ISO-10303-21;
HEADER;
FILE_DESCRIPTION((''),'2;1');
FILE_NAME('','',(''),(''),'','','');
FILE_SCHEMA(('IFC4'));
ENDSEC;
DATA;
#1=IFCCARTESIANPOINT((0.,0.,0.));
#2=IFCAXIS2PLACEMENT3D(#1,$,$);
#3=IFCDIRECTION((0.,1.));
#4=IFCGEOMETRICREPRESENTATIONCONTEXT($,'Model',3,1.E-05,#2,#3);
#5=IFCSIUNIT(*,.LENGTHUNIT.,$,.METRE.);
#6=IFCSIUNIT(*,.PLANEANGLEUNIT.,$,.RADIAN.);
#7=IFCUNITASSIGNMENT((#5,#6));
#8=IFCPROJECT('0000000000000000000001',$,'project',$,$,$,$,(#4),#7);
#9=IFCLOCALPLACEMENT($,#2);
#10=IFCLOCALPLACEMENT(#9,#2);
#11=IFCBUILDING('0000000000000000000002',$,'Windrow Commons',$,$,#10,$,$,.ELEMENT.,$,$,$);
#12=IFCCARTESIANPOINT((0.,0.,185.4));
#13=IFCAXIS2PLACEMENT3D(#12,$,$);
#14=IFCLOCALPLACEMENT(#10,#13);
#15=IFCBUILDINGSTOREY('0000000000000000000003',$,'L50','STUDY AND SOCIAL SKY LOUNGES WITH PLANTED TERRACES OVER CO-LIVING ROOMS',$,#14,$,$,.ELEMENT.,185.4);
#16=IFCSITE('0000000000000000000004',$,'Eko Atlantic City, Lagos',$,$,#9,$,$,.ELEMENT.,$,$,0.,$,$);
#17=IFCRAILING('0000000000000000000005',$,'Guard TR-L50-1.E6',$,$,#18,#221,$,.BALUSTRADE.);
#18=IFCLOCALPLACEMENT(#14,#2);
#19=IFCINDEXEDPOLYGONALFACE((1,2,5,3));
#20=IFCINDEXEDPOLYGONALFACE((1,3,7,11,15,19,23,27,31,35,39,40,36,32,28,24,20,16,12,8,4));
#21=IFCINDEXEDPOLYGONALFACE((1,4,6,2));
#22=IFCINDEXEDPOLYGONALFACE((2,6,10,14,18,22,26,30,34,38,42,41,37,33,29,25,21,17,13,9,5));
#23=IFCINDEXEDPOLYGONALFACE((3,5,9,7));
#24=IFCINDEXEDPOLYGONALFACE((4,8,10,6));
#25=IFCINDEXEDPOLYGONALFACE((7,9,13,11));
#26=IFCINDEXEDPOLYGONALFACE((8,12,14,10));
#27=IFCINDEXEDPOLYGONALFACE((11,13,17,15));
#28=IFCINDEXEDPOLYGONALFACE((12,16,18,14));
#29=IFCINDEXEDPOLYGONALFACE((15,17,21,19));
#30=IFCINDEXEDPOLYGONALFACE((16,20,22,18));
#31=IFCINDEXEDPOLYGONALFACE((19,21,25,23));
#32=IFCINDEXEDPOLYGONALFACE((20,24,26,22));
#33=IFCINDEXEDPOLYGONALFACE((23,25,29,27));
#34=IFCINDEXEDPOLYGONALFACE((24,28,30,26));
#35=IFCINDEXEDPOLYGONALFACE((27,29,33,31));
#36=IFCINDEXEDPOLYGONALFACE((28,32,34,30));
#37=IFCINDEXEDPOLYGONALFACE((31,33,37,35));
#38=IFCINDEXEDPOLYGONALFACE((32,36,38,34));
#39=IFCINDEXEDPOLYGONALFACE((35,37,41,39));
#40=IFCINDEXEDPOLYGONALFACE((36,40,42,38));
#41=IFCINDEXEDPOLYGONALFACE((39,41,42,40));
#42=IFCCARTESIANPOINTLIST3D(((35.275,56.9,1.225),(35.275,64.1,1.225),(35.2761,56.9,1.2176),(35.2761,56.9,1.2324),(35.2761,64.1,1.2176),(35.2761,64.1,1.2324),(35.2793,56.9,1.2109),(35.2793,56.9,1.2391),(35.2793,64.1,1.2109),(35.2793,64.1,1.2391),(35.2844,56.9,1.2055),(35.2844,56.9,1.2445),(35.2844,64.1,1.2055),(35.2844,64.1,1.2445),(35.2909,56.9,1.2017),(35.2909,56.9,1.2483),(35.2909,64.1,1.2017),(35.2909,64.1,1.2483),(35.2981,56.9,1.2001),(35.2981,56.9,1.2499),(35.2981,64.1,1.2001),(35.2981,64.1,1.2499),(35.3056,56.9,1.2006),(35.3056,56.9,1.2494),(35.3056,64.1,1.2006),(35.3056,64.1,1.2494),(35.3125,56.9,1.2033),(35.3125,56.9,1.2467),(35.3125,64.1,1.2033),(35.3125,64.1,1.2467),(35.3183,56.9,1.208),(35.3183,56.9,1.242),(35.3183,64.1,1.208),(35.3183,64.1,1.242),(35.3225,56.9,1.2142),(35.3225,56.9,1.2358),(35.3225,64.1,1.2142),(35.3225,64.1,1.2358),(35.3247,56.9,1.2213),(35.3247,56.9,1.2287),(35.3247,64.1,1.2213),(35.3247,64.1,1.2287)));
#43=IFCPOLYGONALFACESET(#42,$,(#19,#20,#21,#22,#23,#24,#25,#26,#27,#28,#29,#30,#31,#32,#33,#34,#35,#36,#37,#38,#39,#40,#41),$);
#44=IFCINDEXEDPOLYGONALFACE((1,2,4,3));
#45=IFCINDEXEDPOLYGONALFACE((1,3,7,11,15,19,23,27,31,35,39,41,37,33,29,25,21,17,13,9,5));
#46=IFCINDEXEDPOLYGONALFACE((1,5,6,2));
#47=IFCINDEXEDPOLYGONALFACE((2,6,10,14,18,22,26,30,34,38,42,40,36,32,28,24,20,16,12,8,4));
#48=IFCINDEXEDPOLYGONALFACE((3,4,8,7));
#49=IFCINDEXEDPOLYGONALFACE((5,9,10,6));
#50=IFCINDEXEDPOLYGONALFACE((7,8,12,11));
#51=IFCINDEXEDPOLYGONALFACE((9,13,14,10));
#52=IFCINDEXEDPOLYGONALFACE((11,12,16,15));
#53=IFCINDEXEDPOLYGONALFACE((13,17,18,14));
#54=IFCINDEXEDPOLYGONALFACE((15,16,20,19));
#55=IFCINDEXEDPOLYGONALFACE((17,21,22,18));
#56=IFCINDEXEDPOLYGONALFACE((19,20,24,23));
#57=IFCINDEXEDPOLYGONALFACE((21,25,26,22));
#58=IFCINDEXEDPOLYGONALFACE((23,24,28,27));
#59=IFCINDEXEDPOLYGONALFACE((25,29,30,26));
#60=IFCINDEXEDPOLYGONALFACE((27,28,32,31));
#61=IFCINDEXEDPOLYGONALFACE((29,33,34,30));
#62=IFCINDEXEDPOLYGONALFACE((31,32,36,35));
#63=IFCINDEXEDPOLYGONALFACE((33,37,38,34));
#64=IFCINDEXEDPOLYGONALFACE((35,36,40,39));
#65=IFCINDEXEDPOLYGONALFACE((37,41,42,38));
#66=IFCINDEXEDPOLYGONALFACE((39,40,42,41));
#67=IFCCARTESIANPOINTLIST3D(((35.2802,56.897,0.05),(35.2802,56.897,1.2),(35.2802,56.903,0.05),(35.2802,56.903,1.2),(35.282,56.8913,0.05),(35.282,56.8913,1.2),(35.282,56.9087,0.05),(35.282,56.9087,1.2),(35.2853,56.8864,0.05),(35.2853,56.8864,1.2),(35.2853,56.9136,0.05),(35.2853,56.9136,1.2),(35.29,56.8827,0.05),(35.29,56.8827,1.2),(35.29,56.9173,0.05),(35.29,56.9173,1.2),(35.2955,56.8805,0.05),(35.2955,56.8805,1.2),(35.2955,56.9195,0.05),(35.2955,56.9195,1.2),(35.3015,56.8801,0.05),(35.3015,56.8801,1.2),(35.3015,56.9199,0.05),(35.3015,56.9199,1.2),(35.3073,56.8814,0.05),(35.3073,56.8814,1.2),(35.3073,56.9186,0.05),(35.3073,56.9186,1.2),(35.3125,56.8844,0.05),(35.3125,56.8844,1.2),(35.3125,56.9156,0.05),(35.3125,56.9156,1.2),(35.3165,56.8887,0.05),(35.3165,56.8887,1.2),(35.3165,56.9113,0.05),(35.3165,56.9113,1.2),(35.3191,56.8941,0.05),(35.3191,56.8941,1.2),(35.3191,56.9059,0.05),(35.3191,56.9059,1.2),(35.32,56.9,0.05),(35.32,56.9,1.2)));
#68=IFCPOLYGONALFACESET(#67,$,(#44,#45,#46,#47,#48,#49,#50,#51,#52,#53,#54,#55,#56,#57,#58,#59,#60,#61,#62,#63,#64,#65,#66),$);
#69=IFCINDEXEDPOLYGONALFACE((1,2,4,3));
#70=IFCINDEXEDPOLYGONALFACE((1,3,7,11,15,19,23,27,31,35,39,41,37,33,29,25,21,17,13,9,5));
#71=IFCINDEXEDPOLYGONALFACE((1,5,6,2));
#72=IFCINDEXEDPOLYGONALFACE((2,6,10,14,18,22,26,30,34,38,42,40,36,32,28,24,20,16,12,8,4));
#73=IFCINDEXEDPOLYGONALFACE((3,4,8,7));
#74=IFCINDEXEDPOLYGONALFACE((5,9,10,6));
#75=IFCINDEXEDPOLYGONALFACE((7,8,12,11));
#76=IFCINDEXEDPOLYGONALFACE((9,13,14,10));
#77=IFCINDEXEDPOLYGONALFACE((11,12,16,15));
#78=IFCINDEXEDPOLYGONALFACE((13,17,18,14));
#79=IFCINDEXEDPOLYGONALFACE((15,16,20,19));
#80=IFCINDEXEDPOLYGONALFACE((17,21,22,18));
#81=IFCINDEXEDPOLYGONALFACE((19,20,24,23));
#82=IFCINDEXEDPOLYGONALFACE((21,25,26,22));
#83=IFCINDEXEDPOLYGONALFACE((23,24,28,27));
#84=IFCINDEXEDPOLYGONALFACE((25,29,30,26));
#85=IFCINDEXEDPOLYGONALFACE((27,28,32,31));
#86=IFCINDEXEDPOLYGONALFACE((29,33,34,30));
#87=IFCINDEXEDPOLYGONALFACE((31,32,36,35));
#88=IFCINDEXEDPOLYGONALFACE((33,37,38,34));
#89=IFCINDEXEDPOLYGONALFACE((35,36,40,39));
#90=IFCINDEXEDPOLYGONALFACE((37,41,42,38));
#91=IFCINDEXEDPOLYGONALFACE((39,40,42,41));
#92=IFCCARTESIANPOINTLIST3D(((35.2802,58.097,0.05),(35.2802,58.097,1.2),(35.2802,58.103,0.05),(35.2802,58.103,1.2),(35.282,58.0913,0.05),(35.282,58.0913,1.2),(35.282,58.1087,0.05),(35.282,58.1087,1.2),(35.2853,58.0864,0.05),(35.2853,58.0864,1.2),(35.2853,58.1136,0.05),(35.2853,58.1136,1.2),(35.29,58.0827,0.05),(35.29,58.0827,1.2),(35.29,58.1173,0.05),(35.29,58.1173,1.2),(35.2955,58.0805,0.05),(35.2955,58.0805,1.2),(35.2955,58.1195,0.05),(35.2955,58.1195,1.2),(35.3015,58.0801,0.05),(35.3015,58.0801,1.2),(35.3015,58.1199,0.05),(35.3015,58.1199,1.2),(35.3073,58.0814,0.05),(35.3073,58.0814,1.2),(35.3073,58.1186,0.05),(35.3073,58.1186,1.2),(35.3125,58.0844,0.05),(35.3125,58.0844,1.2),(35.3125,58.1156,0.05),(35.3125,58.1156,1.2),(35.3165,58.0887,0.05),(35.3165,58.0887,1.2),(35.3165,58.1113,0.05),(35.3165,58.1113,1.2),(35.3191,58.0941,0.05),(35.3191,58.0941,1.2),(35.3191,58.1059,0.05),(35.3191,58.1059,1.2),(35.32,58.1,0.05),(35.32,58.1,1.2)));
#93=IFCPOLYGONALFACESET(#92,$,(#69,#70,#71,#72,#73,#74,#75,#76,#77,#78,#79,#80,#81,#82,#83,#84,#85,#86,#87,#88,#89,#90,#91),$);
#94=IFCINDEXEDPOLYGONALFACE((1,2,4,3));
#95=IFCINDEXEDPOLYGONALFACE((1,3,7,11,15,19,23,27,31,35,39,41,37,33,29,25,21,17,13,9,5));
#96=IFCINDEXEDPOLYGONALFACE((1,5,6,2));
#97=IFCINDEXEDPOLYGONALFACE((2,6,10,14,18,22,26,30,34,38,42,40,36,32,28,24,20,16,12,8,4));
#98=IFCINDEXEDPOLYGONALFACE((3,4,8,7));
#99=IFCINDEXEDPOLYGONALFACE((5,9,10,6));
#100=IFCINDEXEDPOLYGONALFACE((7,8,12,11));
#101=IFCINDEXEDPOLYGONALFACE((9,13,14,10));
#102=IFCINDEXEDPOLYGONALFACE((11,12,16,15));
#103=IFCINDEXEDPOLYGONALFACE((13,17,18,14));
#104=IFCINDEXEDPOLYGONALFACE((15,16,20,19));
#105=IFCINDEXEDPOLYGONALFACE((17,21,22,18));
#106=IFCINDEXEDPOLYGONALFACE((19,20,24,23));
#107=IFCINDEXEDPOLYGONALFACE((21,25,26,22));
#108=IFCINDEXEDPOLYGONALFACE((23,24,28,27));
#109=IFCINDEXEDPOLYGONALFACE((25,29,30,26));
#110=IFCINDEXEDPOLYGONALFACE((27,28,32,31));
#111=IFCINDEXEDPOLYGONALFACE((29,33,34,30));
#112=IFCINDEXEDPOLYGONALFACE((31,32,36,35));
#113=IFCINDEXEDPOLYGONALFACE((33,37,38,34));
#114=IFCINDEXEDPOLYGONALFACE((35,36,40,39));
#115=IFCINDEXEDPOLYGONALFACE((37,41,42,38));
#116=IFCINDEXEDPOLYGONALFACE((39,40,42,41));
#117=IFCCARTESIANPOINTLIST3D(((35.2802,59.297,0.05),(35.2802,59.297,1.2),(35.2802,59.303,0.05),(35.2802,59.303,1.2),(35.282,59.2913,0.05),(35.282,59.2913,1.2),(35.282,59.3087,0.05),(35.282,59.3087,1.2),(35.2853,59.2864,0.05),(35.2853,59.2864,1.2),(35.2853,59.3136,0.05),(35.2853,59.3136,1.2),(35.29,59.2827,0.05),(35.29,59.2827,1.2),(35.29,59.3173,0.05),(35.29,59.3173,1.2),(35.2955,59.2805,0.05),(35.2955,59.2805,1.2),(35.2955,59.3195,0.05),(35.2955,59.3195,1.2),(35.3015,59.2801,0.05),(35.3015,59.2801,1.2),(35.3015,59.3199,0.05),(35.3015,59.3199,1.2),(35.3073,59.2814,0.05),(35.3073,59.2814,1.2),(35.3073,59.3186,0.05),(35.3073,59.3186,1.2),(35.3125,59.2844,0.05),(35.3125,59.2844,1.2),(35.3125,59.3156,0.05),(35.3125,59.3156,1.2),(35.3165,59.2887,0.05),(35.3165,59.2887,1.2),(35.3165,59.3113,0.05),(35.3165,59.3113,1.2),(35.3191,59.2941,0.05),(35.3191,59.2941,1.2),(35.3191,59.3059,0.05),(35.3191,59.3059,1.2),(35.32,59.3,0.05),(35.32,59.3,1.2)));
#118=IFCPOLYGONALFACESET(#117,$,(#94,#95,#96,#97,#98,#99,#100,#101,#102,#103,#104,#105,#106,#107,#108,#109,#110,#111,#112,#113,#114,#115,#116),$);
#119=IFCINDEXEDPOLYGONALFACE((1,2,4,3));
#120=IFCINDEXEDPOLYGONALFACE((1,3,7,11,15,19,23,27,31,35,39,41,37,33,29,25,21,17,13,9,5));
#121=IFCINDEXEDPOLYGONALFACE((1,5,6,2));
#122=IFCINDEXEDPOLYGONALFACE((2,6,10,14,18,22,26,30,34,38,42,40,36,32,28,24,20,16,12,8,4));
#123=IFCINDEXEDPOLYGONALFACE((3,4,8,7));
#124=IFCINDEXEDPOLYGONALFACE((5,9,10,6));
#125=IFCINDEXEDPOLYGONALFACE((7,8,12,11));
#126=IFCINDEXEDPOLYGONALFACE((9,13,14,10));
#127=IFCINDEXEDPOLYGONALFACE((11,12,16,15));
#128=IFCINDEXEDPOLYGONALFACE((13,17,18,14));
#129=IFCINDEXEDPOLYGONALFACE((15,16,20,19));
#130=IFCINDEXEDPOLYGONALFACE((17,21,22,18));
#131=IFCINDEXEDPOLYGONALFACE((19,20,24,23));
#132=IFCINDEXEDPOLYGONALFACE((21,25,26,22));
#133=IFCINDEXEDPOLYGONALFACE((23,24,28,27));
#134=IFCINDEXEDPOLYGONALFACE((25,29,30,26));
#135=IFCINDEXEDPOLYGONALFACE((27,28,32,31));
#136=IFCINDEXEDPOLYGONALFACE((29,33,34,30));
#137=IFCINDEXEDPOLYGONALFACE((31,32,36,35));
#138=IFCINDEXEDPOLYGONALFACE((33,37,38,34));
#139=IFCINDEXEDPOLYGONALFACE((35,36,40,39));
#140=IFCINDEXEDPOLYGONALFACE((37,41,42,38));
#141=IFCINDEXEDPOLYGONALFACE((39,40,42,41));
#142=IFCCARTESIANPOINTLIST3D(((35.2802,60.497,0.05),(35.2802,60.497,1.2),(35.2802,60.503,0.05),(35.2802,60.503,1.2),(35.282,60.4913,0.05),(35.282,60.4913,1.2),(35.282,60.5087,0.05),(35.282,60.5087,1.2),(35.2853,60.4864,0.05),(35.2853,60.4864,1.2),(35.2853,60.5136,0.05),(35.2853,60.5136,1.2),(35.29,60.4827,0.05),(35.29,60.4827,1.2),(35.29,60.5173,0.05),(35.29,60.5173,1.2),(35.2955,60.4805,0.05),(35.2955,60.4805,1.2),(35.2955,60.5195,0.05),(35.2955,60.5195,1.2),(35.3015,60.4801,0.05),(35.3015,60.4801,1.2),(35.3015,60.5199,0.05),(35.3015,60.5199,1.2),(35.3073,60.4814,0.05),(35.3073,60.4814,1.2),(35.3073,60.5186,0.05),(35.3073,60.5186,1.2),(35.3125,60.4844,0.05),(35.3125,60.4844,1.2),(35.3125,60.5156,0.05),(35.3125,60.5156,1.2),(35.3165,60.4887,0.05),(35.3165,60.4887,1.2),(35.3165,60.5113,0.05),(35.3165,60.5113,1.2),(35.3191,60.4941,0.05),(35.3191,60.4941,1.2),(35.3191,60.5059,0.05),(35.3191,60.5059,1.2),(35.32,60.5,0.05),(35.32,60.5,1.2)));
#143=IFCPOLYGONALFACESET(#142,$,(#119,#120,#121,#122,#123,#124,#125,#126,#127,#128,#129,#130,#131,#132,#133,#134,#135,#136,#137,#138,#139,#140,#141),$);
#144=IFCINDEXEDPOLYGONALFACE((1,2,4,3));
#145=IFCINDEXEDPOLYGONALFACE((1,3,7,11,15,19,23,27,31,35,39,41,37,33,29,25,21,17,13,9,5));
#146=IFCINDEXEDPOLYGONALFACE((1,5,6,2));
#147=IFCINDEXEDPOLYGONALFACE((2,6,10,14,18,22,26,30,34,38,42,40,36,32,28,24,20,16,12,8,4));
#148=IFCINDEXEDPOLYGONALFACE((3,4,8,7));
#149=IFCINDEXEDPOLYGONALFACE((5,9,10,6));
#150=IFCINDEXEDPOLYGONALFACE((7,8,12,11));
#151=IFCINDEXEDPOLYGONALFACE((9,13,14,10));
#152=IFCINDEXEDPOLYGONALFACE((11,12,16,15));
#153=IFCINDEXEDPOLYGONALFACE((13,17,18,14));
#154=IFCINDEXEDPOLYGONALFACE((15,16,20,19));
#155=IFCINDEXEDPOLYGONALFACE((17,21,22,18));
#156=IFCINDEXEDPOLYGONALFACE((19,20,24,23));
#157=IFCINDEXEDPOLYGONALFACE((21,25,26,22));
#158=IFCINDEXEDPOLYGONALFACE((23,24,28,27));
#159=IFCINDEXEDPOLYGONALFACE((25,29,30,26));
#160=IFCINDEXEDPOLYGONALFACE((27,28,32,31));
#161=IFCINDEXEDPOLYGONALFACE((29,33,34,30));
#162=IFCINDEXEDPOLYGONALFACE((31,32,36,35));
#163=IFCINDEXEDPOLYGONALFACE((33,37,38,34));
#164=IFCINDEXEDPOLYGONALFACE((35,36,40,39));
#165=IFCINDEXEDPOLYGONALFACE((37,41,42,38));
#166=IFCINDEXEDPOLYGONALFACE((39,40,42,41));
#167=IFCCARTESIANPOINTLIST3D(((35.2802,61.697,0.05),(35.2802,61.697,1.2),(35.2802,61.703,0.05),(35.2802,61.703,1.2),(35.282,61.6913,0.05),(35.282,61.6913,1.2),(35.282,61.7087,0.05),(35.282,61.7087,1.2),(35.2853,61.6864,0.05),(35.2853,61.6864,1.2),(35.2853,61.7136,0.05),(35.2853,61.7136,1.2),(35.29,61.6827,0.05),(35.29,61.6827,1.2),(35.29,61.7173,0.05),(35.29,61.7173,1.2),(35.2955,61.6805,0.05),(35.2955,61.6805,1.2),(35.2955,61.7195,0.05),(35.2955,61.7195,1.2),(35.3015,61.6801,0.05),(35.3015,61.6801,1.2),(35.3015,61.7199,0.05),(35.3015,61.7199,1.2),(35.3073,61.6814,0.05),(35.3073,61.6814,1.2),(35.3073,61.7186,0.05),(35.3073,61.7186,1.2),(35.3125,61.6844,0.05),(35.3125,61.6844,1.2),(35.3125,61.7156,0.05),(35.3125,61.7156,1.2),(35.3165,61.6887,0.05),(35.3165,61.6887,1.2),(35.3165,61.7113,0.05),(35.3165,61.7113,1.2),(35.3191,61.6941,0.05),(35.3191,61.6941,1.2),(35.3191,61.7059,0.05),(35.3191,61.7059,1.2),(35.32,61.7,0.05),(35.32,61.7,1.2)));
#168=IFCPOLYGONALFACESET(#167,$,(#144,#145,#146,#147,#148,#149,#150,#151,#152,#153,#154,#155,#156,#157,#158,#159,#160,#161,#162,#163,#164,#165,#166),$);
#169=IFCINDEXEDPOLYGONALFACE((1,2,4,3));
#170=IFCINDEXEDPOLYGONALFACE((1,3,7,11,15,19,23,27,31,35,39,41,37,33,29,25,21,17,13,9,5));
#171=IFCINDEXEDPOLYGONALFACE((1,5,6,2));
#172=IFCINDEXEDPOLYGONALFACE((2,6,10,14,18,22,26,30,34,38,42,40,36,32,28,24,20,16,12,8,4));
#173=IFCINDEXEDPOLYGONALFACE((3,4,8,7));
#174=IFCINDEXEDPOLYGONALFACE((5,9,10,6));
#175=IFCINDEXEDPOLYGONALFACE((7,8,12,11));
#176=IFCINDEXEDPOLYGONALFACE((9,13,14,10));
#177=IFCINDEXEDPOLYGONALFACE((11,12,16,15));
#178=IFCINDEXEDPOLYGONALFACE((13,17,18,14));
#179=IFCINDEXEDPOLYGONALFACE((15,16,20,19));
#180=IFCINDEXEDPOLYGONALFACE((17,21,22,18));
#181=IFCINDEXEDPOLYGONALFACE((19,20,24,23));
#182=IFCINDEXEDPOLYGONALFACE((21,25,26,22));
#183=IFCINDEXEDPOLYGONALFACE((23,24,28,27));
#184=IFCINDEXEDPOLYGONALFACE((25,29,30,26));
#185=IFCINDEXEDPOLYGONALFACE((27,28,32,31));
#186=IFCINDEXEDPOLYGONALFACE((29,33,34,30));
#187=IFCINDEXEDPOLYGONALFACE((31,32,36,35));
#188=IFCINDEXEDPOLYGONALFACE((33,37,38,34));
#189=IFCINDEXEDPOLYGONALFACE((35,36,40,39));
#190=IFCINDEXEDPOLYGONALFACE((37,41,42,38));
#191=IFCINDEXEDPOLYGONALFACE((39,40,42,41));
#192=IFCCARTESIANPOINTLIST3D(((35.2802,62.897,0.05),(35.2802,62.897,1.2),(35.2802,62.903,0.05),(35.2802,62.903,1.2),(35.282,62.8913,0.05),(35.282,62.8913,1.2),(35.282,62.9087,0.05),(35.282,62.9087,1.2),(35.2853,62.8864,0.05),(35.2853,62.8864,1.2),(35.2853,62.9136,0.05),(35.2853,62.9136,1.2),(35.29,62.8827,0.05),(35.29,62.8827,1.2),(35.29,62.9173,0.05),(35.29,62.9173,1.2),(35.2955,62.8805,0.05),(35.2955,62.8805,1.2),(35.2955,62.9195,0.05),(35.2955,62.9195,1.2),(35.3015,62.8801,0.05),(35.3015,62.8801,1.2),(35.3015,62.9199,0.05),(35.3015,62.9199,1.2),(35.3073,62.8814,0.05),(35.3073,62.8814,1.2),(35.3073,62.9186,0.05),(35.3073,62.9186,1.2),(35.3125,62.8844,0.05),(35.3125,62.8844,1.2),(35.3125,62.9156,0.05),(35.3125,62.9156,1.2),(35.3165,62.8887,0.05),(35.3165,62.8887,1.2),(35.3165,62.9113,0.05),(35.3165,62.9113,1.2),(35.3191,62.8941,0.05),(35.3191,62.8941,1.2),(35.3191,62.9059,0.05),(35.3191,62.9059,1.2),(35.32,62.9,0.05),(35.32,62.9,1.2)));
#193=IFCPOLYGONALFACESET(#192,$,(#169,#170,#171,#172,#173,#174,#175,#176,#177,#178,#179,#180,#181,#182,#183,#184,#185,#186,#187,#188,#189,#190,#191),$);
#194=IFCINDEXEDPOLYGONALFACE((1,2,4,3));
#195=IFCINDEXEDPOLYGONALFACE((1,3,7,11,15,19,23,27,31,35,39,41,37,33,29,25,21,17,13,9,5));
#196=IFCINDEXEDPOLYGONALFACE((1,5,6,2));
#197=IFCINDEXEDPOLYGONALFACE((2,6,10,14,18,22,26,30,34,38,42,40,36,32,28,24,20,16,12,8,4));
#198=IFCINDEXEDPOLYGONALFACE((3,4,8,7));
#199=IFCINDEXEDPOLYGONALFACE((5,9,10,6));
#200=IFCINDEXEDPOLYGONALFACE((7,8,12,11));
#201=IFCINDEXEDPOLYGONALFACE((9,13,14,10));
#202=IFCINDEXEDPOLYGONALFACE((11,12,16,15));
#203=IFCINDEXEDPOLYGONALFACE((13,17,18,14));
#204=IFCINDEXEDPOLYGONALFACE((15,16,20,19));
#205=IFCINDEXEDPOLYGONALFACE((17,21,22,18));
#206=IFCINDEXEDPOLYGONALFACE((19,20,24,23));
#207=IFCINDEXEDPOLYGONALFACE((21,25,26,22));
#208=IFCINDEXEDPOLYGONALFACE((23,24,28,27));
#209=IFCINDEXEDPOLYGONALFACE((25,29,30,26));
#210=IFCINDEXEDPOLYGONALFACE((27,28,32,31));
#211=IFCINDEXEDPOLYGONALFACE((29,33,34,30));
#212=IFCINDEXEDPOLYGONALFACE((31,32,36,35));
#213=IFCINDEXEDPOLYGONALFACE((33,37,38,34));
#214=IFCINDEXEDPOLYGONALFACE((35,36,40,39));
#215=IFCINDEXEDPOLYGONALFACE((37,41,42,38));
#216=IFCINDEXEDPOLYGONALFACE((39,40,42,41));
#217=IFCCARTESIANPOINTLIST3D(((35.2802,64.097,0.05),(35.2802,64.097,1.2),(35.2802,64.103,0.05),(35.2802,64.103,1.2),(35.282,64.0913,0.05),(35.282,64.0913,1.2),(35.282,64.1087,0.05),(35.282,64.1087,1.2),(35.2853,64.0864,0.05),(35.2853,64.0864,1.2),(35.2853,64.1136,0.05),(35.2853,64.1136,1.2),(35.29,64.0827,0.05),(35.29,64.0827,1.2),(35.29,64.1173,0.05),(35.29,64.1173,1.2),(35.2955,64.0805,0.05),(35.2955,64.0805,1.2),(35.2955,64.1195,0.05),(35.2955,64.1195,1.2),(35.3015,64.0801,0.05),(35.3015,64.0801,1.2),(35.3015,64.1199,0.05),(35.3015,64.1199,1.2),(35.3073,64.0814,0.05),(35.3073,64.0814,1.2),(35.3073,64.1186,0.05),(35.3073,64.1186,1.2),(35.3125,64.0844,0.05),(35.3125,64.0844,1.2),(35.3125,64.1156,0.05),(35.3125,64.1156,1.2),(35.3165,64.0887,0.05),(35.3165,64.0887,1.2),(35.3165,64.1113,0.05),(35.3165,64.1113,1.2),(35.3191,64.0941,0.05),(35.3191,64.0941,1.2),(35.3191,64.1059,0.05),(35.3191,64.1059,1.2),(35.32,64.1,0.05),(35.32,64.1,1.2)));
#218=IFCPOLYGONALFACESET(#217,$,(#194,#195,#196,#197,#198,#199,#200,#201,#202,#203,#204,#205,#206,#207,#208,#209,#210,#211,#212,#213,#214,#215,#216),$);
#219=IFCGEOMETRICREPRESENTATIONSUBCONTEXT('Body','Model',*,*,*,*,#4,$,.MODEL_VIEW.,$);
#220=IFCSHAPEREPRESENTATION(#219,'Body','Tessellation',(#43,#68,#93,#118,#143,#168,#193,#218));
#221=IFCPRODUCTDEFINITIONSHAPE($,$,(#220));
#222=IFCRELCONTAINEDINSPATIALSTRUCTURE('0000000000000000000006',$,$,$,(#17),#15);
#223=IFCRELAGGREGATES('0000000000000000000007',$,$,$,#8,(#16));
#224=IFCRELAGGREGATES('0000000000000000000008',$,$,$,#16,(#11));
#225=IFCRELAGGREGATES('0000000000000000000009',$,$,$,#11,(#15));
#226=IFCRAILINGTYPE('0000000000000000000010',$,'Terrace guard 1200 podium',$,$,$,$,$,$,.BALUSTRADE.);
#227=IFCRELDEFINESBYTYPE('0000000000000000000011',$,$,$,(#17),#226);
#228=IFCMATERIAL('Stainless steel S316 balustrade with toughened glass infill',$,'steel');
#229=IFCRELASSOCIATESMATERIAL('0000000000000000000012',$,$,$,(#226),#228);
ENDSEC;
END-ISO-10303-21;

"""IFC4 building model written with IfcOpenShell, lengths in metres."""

from ifc_helpers import new_model, si_unit, direction, frame, origin, origin_2d, place, context, subcontext, project, spatial, circle, extrude, material, type_object, element, save


model = new_model("IFC4")

# Units and contexts
model_context = context("Model", 3, precision=1e-05, world=origin(), true_north=direction((0.0, 1.0)))
body_context = subcontext(model_context, "Body", "Model", "MODEL_VIEW")
ifc_project = project(units=[si_unit("LENGTHUNIT", "METRE"), si_unit("PLANEANGLEUNIT", "RADIAN")], contexts=[model_context])

# Site, building, storey
site_placement = place(None, origin())
site = spatial("IfcSite", under=ifc_project, at=site_placement, Name="Eko Atlantic City, Lagos", CompositionType="ELEMENT", RefElevation=0.0)
building_placement = place(site_placement, origin())
building = spatial("IfcBuilding", under=site, at=building_placement, Name="Windrow Commons", CompositionType="ELEMENT")
storey_placement = place(building_placement, frame((0.0, 0.0, 185.4)))
storey = spatial("IfcBuildingStorey", under=building, at=storey_placement, Name="L50", Description="STUDY AND SOCIAL SKY LOUNGES WITH PLANTED TERRACES OVER CO-LIVING ROOMS", CompositionType="ELEMENT", Elevation=185.4)

# Railing
ifc_material_1 = material(Name="Stainless steel S316 balustrade with toughened glass infill", Category="steel")
railing_type = type_object("IfcRailingType", Name="Terrace guard 1200 podium", PredefinedType="BALUSTRADE", material=ifc_material_1)
railing_1_placement = place(storey_placement, frame((35.3, 56.9, 0.05)))
element("IfcRailing", 1, at=railing_1_placement, inside=storey, type_object=railing_type, Name="Guard TR-L50-1.E6", PredefinedType="BALUSTRADE", context=body_context, shape_type="SweptSolid", body=[
    extrude(circle(Radius=0.025, at=origin_2d()), frame((0.0, 0.0, 1.175), z_axis=(0.0, 1.0, 0.0), x_axis=(-1.0, 0.0, 0.0)), (0.0, 0.0, 1.0), 7.2),
    extrude(circle(Radius=0.02, at=origin_2d()), origin(), (0.0, 0.0, 1.0), 1.15),
    extrude(circle(Radius=0.02, at=origin_2d()), frame((0.0, 1.2, 0.0)), (0.0, 0.0, 1.0), 1.15),
    extrude(circle(Radius=0.02, at=origin_2d()), frame((0.0, 2.4, 0.0)), (0.0, 0.0, 1.0), 1.15),
    extrude(circle(Radius=0.02, at=origin_2d()), frame((0.0, 3.6, 0.0)), (0.0, 0.0, 1.0), 1.15),
    extrude(circle(Radius=0.02, at=origin_2d()), frame((0.0, 4.8, 0.0)), (0.0, 0.0, 1.0), 1.15),
    extrude(circle(Radius=0.02, at=origin_2d()), frame((0.0, 6.0, 0.0)), (0.0, 0.0, 1.0), 1.15),
    extrude(circle(Radius=0.02, at=origin_2d()), frame((0.0, 7.2, 0.0)), (0.0, 0.0, 1.0), 1.15),
])

save(model, "model.ifc")
